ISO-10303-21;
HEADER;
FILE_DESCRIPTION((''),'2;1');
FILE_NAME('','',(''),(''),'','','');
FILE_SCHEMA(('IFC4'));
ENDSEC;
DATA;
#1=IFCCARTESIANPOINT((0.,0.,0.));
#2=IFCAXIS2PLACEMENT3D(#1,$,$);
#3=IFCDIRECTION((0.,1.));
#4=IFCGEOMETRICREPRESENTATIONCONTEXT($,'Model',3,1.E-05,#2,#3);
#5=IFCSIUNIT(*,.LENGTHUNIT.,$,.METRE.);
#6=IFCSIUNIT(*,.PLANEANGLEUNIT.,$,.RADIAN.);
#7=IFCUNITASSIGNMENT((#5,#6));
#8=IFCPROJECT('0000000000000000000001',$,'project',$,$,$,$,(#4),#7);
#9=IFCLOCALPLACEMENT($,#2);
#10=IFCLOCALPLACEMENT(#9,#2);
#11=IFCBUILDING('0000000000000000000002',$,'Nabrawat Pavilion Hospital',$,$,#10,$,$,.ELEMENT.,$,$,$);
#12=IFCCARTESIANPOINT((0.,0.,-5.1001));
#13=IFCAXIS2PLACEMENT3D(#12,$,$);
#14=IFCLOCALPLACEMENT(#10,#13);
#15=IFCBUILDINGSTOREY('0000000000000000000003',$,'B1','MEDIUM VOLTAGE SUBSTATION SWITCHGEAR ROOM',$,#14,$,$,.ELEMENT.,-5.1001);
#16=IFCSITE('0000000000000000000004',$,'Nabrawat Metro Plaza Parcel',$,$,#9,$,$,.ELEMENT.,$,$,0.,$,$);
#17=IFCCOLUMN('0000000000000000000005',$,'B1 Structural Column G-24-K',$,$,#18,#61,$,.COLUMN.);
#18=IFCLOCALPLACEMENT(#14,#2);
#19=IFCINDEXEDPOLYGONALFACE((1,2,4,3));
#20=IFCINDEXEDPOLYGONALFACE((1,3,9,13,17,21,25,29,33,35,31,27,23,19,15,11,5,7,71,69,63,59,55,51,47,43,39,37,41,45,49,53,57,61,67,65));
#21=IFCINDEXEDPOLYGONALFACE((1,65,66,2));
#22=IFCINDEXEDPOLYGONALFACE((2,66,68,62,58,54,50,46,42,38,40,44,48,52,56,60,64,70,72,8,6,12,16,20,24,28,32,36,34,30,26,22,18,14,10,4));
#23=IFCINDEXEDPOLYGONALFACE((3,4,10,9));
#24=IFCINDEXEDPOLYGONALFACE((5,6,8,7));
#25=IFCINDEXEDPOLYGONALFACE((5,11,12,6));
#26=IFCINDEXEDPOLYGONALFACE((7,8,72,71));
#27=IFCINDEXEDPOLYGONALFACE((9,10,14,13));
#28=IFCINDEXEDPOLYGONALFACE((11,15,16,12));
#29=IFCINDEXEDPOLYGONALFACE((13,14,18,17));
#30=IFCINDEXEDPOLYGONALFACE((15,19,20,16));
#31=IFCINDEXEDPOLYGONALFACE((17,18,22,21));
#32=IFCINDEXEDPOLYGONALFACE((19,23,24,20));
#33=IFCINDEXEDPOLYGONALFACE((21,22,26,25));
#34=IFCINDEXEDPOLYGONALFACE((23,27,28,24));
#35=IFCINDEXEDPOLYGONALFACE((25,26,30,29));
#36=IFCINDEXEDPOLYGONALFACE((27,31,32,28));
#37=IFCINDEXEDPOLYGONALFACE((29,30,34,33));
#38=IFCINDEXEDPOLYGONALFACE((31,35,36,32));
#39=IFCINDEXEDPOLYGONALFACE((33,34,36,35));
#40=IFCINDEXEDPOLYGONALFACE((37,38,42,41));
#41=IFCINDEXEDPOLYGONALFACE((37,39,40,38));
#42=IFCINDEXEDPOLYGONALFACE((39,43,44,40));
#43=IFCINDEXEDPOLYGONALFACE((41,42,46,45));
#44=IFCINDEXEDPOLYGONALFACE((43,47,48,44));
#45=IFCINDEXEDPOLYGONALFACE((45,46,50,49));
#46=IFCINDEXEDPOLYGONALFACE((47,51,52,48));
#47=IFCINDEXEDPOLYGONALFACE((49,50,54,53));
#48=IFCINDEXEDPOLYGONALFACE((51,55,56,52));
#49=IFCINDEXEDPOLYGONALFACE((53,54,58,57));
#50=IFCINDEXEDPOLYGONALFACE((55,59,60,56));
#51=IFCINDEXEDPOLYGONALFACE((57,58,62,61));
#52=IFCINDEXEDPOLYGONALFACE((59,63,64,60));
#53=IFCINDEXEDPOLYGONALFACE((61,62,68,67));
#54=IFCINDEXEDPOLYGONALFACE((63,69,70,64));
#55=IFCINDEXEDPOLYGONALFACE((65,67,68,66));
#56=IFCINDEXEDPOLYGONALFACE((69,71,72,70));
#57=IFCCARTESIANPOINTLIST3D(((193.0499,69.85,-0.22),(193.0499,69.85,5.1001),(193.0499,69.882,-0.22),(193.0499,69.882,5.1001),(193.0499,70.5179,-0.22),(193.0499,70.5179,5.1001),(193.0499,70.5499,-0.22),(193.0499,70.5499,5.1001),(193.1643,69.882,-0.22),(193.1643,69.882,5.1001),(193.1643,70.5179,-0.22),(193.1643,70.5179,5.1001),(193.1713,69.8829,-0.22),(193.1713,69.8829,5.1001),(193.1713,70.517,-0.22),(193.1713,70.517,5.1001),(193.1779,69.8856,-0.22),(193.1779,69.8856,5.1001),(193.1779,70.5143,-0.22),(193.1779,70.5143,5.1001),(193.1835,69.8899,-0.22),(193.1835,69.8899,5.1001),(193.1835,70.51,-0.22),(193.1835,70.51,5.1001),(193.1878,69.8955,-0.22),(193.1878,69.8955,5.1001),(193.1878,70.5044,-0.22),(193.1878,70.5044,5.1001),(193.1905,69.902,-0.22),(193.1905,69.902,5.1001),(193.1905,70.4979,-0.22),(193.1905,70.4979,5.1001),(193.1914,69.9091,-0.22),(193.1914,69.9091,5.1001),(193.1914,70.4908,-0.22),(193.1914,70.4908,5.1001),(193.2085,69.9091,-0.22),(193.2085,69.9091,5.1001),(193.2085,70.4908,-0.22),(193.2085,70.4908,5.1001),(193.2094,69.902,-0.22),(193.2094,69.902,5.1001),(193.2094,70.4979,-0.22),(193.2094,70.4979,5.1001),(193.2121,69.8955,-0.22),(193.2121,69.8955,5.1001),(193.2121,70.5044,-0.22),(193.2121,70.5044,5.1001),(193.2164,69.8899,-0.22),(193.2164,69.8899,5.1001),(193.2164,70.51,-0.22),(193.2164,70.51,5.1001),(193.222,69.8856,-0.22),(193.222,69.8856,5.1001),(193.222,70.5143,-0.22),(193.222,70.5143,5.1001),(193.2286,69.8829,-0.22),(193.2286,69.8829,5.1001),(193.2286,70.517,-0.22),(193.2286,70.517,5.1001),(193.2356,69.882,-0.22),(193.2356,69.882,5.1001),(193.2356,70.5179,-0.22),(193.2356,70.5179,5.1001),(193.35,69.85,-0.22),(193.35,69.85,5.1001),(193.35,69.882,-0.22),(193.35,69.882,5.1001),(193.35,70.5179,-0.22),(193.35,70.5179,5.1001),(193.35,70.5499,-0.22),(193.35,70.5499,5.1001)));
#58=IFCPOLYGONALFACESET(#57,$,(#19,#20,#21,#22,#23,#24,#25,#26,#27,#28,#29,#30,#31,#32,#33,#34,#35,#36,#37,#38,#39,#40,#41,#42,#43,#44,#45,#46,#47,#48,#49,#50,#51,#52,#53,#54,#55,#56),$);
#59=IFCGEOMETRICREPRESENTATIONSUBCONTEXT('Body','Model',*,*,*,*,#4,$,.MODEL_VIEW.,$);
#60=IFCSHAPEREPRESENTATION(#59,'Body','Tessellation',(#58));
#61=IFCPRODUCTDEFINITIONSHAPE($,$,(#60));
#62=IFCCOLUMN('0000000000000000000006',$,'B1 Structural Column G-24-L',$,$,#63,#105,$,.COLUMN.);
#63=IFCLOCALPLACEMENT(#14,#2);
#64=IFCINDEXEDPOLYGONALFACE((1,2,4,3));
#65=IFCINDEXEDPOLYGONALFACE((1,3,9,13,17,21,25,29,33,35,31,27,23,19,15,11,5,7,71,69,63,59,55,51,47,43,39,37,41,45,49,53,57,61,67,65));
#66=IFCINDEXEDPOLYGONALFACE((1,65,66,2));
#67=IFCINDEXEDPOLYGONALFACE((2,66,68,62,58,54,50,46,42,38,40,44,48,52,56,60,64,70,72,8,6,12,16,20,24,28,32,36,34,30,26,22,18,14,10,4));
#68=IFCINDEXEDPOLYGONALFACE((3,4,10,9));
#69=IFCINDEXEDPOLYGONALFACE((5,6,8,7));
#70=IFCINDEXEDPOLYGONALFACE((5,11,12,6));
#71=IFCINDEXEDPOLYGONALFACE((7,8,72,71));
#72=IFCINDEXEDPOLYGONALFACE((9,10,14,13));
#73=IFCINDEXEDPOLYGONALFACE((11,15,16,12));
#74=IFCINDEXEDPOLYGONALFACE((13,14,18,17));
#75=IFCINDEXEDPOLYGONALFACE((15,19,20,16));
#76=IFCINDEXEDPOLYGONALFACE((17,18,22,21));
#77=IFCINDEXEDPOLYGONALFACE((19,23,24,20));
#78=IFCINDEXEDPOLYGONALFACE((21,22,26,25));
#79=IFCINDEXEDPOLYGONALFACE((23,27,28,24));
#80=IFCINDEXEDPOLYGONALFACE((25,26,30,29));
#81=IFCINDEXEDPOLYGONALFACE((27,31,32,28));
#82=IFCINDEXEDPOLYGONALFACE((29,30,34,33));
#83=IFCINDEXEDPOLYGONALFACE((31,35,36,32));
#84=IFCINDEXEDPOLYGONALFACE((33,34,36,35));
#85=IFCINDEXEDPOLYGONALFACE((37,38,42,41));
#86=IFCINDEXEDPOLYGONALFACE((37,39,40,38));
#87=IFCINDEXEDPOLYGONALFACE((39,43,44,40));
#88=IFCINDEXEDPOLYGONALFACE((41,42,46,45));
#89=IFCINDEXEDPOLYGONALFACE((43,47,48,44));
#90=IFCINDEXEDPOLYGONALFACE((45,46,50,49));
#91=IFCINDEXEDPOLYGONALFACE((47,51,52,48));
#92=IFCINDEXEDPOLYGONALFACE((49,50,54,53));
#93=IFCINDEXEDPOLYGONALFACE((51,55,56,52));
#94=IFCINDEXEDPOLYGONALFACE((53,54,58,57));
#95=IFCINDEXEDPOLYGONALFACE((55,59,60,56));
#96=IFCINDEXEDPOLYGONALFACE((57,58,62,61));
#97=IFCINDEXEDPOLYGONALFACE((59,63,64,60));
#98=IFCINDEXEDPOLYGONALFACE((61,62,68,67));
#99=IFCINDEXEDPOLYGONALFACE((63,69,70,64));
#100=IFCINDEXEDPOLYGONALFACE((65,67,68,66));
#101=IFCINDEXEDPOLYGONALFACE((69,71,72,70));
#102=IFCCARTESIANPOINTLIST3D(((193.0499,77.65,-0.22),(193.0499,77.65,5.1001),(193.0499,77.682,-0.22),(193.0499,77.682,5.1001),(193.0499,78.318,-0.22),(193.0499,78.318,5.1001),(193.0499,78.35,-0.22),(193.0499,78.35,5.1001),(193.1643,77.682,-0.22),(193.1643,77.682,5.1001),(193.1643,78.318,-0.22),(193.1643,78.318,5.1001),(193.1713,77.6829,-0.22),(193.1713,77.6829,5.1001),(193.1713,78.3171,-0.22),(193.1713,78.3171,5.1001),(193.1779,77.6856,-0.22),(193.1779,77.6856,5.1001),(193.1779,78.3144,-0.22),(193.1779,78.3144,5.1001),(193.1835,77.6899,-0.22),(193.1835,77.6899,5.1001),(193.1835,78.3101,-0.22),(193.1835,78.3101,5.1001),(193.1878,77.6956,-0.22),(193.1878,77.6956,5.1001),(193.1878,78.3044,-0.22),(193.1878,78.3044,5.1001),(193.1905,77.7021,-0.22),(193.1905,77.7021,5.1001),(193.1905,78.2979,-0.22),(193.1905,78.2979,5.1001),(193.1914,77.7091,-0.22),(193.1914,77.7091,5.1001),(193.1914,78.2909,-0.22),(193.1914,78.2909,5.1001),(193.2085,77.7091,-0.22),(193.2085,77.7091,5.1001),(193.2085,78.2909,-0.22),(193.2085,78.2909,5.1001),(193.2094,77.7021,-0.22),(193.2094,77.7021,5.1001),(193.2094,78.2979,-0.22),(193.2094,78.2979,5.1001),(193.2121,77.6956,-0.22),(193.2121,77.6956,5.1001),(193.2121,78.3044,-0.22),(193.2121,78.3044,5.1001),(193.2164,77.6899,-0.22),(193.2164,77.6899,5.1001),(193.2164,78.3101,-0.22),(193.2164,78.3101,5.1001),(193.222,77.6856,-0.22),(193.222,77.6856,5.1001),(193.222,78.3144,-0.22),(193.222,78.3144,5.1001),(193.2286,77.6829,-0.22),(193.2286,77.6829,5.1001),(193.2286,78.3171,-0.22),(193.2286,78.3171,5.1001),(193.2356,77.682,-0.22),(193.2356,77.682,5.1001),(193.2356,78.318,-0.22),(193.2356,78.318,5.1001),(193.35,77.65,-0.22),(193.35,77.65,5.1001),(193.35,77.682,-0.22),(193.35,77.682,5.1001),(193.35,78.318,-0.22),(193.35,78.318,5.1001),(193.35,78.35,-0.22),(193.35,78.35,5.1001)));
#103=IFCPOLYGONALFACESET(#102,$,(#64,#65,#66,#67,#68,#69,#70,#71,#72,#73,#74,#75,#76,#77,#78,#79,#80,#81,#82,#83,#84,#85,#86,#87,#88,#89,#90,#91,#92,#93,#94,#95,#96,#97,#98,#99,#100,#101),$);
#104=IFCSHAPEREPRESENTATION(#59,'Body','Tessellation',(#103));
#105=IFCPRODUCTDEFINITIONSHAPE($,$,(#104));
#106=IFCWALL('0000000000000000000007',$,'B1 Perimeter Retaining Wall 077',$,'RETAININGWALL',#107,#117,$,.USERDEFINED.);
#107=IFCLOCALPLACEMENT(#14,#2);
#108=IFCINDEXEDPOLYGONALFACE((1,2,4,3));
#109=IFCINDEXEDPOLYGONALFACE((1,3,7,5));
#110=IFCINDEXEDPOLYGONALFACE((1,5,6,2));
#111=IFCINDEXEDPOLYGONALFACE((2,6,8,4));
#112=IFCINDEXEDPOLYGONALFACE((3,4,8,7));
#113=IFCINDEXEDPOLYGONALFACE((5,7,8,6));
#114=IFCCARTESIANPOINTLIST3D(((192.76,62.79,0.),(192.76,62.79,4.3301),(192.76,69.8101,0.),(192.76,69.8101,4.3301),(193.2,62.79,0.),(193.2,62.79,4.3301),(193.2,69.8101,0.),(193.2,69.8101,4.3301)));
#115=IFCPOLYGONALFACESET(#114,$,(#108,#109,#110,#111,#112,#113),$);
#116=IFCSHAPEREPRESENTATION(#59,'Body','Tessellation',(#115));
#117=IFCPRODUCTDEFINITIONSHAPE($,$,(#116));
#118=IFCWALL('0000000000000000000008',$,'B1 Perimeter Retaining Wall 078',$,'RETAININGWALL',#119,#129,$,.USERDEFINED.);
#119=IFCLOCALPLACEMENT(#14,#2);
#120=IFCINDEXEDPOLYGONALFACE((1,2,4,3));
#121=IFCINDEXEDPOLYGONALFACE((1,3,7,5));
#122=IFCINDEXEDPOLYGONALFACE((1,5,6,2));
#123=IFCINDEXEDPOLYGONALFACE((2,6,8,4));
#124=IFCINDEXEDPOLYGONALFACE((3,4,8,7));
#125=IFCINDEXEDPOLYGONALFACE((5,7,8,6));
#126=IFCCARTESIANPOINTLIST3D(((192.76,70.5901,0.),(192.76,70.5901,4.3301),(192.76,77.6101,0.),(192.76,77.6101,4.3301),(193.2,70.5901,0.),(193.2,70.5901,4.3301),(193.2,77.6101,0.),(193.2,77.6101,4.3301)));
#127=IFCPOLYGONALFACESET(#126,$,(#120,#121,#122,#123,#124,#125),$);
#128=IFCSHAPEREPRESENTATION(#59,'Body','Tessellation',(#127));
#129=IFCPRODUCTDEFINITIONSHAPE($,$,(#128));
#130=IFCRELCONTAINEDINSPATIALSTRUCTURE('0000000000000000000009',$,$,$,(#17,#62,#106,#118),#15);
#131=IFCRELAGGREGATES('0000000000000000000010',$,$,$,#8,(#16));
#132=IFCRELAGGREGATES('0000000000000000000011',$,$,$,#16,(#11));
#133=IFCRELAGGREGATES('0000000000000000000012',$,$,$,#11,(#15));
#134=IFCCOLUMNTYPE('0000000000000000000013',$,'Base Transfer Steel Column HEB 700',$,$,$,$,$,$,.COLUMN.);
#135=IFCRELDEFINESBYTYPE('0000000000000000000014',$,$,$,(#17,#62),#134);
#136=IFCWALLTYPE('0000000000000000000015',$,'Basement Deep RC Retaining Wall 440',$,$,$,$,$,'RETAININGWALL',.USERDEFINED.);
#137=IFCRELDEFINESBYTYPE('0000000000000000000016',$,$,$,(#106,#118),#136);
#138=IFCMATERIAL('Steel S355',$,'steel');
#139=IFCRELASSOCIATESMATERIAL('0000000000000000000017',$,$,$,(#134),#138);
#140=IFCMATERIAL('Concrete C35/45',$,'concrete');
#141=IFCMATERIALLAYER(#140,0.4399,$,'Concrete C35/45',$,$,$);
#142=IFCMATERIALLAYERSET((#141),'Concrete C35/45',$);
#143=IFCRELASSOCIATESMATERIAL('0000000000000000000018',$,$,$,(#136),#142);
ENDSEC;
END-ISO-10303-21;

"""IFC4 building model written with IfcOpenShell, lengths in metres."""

from ifc_helpers import new_model, si_unit, direction, frame, frame_2d, origin, origin_2d, place, context, subcontext, project, spatial, rectangle, i_section, extrude, material, layer, layer_set, material_profile, profile_set, type_object, element, save


model = new_model("IFC4")

# Units and contexts
model_context = context("Model", 3, precision=1e-05, world=origin(), true_north=direction((0.0, 1.0)))
body_context = subcontext(model_context, "Body", "Model", "MODEL_VIEW")
ifc_project = project(units=[si_unit("LENGTHUNIT", "METRE"), si_unit("PLANEANGLEUNIT", "RADIAN")], contexts=[model_context])

# Site, building, storey
site_placement = place(None, origin())
site = spatial("IfcSite", under=ifc_project, at=site_placement, Name="Nabrawat Metro Plaza Parcel", CompositionType="ELEMENT", RefElevation=0.0)
building_placement = place(site_placement, origin())
building = spatial("IfcBuilding", under=site, at=building_placement, Name="Nabrawat Pavilion Hospital", CompositionType="ELEMENT")
storey_placement = place(building_placement, frame((0.0, 0.0, -5.1001)))
storey = spatial("IfcBuildingStorey", under=building, at=storey_placement, Name="B1", Description="MEDIUM VOLTAGE SUBSTATION SWITCHGEAR ROOM", CompositionType="ELEMENT", Elevation=-5.1001)

# Shared definitions
ifc_material_1 = material(Name="Concrete C35/45", Category="concrete")

# Columns
ifc_material_2 = material(Name="Steel S355", Category="steel")
ifc_material_profile_1 = material_profile(ifc_material_2, i_section(OverallWidth=0.3, OverallDepth=0.7, WebThickness=0.0171, FlangeThickness=0.032, FilletRadius=0.0271, at=origin_2d()), Name="HEB 700")
ifc_profile_set_1 = profile_set([ifc_material_profile_1], Name="Steel S355")
column_type = type_object("IfcColumnType", Name="Base Transfer Steel Column HEB 700", PredefinedType="COLUMN", material=ifc_profile_set_1)
for number, where, z_axis, x_axis, name in (
    (1, (193.2, 70.2, -0.22), (0.0, 0.0, 1.0), (1.0, 0.0, 0.0), "B1 Structural Column G-24-K"),
    (2, (193.2, 78.0, -0.22), (0.0, 0.0, 1.0), (1.0, 0.0, 0.0), "B1 Structural Column G-24-L"),
):
    element("IfcColumn", number, at=place(storey_placement, frame(where, z_axis=z_axis, x_axis=x_axis)), inside=storey, type_object=column_type, Name=name, PredefinedType="COLUMN", context=body_context, shape_type="SweptSolid", body=[
        extrude(i_section(OverallWidth=0.3, OverallDepth=0.7, WebThickness=0.0171, FlangeThickness=0.032, FilletRadius=0.0271, at=origin_2d()), origin(), (0.0, 0.0, 1.0), 5.3201),
    ])

# Walls
ifc_layer = layer(ifc_material_1, 0.4399, Name="Concrete C35/45")
ifc_layer_set = layer_set([ifc_layer], Name="Concrete C35/45")
wall_type = type_object("IfcWallType", Name="Basement Deep RC Retaining Wall 440", ElementType="RETAININGWALL", PredefinedType="USERDEFINED", material=ifc_layer_set)
for number, where, z_axis, x_axis, name in (
    (3, (192.98, 62.79, 0.0), (0.0, 0.0, 1.0), (0.0, 1.0, 0.0), "B1 Perimeter Retaining Wall 077"),
    (4, (192.98, 70.5901, 0.0), (0.0, 0.0, 1.0), (0.0, 1.0, 0.0), "B1 Perimeter Retaining Wall 078"),
):
    element("IfcWall", number, at=place(storey_placement, frame(where, z_axis=z_axis, x_axis=x_axis)), inside=storey, type_object=wall_type, Name=name, ObjectType="RETAININGWALL", PredefinedType="USERDEFINED", context=body_context, shape_type="SweptSolid", body=[
        extrude(rectangle(XDim=7.02, YDim=0.4399, at=frame_2d((3.51, 0.0))), origin(), (0.0, 0.0, 1.0), 4.3301),
    ])

save(model, "model.ifc")
